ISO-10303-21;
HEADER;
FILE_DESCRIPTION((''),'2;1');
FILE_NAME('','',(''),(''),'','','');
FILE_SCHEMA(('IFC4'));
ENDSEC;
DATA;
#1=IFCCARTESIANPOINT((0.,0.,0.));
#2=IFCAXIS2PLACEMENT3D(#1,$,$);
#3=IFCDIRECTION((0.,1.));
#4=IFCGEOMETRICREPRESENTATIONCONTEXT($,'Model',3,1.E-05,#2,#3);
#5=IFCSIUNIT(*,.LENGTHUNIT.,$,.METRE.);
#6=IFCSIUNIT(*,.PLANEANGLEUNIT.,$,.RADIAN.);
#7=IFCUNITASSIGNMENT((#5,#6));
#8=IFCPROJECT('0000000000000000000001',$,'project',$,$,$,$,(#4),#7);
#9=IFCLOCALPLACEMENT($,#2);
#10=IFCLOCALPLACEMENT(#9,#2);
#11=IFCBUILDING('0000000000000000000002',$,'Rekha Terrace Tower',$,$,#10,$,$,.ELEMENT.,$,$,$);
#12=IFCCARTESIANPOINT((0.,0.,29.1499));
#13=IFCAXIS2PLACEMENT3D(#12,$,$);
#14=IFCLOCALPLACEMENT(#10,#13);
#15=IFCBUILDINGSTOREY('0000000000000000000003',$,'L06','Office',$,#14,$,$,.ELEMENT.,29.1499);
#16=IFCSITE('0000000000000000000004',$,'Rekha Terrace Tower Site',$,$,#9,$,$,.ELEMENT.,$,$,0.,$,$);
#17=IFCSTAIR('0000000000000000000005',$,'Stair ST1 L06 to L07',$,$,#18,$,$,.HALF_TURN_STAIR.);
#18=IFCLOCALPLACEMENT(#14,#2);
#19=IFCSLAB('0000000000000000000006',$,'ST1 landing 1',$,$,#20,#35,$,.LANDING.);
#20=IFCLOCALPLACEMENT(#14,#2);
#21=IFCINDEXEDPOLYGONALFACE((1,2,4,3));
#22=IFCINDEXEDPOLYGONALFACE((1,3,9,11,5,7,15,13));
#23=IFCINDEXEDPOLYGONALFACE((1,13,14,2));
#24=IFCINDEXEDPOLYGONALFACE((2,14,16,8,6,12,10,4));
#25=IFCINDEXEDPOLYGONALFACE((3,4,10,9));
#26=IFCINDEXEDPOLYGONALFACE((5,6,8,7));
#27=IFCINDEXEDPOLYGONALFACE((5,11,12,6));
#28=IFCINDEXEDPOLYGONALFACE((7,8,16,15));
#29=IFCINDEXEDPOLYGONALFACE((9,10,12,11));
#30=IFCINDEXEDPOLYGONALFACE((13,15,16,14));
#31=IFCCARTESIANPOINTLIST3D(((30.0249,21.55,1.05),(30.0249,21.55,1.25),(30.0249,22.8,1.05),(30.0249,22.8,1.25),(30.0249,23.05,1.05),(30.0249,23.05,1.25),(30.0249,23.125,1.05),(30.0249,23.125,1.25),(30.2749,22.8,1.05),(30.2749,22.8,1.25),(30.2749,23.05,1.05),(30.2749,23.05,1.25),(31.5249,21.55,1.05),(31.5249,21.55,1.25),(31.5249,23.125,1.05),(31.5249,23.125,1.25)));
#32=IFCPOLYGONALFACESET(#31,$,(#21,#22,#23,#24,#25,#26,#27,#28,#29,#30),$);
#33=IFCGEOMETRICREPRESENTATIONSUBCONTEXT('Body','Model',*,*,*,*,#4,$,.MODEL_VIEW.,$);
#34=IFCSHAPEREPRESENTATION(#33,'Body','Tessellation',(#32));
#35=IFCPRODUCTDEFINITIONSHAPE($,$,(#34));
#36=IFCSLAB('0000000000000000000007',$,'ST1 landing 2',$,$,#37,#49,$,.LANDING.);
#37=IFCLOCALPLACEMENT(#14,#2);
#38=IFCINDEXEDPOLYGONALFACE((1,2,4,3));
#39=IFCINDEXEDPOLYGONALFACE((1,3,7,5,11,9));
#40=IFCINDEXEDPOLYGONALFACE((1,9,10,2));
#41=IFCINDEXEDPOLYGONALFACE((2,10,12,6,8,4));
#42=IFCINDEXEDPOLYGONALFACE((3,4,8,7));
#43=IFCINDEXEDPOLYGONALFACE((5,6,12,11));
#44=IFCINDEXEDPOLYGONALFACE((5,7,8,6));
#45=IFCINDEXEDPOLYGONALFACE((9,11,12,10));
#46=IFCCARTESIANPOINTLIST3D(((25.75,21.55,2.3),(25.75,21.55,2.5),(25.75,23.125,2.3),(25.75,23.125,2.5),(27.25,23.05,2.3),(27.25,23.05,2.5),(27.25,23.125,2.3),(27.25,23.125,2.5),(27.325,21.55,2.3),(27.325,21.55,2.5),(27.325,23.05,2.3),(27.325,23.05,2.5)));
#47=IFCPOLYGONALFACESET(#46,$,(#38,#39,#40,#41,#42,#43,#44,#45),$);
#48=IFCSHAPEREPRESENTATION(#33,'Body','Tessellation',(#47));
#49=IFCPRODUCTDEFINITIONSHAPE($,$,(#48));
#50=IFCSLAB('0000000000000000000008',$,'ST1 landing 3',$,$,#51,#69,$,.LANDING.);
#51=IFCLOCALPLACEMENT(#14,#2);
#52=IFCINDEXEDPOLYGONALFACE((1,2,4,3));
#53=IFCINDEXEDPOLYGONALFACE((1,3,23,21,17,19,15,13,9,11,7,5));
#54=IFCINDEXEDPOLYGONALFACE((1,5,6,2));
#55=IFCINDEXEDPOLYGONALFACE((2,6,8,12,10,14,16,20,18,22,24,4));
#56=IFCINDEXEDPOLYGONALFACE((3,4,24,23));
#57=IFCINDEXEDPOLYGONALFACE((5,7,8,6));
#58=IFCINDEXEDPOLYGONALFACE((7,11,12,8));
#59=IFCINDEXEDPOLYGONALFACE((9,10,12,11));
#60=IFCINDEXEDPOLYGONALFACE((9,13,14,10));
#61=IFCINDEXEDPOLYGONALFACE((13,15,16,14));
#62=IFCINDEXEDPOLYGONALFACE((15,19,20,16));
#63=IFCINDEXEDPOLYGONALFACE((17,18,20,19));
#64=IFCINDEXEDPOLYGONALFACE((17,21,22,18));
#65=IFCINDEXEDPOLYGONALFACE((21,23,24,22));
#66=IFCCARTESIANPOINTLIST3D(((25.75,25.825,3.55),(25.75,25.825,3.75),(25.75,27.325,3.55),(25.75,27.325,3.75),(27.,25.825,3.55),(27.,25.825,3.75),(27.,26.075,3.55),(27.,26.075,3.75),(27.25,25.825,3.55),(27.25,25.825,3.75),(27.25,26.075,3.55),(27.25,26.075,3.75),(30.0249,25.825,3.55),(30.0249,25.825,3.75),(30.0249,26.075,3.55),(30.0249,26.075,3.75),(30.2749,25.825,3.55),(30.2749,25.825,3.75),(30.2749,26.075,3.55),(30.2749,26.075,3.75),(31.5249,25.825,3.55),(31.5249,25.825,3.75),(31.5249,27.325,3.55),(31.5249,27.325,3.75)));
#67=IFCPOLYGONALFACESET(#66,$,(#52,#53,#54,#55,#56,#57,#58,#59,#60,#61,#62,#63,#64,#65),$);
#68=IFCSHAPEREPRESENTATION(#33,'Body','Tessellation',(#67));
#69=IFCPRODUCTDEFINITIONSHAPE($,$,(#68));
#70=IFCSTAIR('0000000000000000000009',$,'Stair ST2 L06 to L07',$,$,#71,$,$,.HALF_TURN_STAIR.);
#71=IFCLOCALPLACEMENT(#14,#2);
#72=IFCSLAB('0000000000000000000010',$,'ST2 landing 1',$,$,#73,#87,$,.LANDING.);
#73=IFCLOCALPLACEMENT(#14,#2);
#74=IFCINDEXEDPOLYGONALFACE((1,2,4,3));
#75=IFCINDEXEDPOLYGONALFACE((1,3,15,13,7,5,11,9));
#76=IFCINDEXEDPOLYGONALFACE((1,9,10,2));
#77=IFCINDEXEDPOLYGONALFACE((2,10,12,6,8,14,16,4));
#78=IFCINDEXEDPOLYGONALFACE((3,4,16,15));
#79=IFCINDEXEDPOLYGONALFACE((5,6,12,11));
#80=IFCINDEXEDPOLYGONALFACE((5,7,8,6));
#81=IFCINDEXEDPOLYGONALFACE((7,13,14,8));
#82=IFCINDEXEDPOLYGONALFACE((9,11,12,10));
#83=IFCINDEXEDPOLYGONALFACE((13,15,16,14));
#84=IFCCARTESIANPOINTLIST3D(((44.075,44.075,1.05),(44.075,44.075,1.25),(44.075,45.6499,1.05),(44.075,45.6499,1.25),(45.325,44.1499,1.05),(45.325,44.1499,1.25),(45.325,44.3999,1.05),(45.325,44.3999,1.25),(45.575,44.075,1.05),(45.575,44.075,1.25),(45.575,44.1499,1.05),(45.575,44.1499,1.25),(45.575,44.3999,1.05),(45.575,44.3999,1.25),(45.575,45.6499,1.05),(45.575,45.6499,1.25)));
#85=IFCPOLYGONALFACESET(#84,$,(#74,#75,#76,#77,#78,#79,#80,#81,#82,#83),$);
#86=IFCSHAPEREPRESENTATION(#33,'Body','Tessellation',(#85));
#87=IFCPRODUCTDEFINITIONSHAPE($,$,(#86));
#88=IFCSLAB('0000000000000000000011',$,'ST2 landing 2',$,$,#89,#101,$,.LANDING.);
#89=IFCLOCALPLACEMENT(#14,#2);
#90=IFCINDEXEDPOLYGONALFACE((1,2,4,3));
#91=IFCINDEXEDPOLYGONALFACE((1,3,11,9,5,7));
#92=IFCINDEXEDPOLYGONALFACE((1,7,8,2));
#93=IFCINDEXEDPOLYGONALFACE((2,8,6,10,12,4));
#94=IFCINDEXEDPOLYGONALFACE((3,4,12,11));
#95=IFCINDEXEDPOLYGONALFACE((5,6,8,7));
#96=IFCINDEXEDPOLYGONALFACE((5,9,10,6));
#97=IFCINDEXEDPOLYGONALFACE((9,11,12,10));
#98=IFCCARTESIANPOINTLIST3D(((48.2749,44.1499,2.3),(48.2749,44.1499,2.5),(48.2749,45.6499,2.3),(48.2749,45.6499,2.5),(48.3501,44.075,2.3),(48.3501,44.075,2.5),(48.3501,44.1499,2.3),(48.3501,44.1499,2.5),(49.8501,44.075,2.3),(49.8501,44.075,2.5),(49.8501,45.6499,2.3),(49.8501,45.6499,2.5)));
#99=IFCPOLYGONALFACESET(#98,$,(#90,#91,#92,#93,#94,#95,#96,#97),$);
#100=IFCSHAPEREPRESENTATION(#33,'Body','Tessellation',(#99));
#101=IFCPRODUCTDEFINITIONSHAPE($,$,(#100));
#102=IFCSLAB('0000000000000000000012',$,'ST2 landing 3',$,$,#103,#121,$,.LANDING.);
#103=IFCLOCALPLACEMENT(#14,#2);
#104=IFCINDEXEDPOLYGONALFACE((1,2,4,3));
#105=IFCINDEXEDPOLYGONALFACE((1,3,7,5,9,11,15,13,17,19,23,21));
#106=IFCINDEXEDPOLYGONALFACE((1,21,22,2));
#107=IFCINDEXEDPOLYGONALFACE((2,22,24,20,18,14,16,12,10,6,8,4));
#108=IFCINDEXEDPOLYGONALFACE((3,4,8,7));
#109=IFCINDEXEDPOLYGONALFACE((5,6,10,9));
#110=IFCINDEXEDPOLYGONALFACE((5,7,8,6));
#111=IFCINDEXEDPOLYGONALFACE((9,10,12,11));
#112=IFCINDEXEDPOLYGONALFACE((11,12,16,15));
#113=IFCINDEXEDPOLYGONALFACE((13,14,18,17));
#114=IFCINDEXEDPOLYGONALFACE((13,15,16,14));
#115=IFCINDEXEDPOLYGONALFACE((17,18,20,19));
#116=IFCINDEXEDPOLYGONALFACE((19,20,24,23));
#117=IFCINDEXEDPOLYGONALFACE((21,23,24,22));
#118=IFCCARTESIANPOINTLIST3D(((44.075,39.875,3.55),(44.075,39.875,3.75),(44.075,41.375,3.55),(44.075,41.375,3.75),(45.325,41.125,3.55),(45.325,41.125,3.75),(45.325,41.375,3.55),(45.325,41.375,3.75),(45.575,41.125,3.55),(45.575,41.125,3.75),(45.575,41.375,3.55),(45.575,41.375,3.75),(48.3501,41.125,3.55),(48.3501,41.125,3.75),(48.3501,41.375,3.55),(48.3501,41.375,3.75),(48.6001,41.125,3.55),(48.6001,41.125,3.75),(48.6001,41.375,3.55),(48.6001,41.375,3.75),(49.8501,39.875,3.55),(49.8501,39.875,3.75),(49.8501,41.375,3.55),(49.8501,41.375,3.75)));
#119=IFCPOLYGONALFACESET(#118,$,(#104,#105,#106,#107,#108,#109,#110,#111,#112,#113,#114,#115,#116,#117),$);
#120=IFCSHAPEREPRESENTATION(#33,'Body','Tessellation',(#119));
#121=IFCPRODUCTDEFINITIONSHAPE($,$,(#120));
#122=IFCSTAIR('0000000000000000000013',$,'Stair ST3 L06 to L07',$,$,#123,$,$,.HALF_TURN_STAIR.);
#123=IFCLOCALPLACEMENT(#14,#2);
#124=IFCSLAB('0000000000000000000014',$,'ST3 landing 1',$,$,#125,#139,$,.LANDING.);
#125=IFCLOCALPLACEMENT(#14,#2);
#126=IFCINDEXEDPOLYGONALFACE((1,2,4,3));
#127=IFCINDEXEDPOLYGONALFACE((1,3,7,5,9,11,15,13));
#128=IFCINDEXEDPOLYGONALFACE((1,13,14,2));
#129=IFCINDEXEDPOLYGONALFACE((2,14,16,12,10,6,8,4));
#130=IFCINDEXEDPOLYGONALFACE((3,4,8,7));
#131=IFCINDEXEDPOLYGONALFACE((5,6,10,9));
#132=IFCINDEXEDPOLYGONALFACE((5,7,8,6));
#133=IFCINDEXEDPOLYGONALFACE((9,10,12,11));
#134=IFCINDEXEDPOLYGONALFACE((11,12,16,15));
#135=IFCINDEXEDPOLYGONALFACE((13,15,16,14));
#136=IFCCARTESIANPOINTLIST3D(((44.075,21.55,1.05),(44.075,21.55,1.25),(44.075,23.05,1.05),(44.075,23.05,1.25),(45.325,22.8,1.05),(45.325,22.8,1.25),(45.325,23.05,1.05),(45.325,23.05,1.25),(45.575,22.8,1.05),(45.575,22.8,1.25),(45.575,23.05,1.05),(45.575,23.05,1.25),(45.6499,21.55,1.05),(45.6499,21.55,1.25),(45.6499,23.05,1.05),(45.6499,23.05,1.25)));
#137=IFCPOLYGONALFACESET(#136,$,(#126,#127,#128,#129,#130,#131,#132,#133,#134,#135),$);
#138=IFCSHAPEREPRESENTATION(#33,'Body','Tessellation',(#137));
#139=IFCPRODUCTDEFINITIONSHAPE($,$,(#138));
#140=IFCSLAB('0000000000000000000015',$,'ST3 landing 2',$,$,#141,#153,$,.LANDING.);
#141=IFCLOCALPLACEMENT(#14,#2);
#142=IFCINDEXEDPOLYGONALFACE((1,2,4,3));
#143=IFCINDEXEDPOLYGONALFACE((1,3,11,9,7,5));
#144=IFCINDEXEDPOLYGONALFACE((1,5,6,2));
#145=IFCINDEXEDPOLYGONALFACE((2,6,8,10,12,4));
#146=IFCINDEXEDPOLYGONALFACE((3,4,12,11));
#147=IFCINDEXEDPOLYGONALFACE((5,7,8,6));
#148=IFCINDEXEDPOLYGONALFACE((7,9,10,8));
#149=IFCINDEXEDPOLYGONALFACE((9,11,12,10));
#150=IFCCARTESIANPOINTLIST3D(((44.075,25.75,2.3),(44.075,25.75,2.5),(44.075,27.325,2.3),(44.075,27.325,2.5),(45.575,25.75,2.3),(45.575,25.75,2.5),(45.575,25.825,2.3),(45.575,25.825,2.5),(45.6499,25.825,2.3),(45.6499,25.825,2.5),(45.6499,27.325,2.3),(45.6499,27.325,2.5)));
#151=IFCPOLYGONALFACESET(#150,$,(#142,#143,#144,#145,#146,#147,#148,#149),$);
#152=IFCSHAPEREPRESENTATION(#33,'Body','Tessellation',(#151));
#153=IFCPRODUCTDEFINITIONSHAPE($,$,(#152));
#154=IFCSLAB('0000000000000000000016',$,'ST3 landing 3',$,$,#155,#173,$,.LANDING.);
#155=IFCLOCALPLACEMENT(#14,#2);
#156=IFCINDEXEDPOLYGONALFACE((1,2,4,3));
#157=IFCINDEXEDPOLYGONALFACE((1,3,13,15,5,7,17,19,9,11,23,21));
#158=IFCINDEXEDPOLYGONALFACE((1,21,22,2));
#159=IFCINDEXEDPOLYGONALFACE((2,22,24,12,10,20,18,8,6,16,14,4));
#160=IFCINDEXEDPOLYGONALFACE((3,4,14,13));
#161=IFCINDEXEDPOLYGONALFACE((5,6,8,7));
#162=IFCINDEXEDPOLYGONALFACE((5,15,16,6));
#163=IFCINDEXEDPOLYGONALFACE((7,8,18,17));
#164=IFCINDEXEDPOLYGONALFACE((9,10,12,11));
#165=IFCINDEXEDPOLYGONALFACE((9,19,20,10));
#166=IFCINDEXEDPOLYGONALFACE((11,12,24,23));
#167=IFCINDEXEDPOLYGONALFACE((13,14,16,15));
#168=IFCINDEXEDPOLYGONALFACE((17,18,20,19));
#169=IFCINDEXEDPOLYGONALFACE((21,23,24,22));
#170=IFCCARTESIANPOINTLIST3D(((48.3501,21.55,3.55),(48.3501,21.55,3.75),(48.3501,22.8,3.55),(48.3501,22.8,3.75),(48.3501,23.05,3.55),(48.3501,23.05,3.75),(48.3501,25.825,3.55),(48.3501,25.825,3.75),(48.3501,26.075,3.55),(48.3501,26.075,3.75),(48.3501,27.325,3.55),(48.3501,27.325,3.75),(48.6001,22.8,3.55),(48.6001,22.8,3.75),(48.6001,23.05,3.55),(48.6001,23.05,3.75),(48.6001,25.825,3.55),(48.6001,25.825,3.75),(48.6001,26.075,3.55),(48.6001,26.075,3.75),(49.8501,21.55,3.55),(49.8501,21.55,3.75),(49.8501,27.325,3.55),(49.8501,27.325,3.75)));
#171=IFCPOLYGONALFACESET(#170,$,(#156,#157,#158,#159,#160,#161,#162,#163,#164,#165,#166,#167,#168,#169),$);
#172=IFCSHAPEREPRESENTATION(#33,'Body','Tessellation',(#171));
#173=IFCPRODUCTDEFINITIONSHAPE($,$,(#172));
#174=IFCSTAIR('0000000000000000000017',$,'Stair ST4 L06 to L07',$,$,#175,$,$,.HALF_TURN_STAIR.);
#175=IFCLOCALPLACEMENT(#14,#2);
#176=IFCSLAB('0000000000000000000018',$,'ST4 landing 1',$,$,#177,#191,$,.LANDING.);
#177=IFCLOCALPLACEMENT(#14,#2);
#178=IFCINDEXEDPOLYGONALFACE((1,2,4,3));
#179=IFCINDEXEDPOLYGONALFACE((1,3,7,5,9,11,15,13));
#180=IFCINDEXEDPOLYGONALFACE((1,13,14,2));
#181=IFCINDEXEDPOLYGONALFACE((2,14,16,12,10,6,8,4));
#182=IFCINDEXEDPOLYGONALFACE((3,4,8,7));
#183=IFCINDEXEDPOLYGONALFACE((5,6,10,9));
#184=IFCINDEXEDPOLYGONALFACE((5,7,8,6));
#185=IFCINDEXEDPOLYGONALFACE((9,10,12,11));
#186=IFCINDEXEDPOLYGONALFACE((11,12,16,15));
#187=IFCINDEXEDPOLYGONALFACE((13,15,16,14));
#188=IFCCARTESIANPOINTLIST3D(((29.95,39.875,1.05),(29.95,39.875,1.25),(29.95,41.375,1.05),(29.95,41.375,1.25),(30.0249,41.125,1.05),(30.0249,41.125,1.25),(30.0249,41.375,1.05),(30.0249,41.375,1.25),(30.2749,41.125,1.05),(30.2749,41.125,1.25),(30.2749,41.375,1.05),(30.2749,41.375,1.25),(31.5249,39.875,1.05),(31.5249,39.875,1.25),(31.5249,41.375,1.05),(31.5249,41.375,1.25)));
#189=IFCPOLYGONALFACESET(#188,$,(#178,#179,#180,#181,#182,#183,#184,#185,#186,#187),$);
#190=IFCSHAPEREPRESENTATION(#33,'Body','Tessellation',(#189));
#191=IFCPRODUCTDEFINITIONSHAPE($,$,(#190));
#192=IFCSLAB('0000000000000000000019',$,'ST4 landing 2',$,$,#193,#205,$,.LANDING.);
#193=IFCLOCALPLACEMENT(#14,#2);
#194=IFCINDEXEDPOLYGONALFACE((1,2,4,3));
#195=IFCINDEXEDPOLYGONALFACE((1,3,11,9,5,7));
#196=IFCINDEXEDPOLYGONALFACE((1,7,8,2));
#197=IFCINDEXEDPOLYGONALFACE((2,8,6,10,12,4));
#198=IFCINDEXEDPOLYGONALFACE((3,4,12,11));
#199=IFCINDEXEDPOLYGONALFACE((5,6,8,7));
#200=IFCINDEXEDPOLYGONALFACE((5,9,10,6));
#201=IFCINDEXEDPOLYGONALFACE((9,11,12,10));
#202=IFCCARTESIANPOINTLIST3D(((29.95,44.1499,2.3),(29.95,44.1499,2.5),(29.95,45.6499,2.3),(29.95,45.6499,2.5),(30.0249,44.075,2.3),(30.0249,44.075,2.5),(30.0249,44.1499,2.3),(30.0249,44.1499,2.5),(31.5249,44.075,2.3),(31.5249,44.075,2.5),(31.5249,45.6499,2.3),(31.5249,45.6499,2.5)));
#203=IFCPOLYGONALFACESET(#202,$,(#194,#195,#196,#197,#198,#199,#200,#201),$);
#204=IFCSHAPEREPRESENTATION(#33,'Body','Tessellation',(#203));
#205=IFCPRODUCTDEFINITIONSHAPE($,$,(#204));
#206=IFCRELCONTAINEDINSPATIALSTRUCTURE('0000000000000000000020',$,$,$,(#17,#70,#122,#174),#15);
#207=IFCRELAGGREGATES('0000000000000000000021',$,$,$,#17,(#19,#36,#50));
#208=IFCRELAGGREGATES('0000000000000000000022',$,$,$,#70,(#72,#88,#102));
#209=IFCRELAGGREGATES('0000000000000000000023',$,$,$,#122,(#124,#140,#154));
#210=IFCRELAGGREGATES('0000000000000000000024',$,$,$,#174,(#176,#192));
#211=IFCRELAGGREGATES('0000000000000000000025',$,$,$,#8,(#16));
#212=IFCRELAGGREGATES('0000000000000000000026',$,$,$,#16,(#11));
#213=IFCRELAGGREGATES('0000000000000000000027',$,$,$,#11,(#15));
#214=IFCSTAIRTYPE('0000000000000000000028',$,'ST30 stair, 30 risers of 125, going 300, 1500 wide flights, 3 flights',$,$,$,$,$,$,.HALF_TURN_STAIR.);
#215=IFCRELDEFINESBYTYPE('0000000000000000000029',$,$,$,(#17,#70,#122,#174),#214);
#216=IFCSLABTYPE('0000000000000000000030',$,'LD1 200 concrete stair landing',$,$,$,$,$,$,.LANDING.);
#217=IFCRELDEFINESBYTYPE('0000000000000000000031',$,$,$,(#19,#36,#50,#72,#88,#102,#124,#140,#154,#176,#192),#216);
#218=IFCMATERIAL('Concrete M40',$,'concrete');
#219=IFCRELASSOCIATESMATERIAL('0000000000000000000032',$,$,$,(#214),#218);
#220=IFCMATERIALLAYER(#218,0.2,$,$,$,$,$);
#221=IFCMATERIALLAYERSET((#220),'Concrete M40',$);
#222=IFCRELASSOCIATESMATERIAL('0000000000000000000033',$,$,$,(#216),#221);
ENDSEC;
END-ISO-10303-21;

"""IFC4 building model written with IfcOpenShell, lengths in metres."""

from ifc_helpers import new_model, si_unit, direction, frame, origin, place, context, subcontext, project, spatial, polyline, outline, extrude, material, layer, layer_set, type_object, element, aggregate, save


model = new_model("IFC4")

# Units and contexts
model_context = context("Model", 3, precision=1e-05, world=origin(), true_north=direction((0.0, 1.0)))
body_context = subcontext(model_context, "Body", "Model", "MODEL_VIEW")
ifc_project = project(units=[si_unit("LENGTHUNIT", "METRE"), si_unit("PLANEANGLEUNIT", "RADIAN")], contexts=[model_context])

# Site, building, storey
site_placement = place(None, origin())
site = spatial("IfcSite", under=ifc_project, at=site_placement, Name="Rekha Terrace Tower Site", CompositionType="ELEMENT", RefElevation=0.0)
building_placement = place(site_placement, origin())
building = spatial("IfcBuilding", under=site, at=building_placement, Name="Rekha Terrace Tower", CompositionType="ELEMENT")
storey_placement = place(building_placement, frame((0.0, 0.0, 29.1499)))
storey = spatial("IfcBuildingStorey", under=building, at=storey_placement, Name="L06", Description="Office", CompositionType="ELEMENT", Elevation=29.1499)

# Stairs, slabs
ifc_material_1 = material(Name="Concrete M40", Category="concrete")
stair_type = type_object("IfcStairType", Name="ST30 stair, 30 risers of 125, going 300, 1500 wide flights, 3 flights", PredefinedType="HALF_TURN_STAIR", material=ifc_material_1)
stair_1_placement = place(storey_placement, origin())
stair_1 = element("IfcStair", 1, at=stair_1_placement, inside=storey, type_object=stair_type, Name="Stair ST1 L06 to L07", PredefinedType="HALF_TURN_STAIR")
ifc_layer_1 = layer(ifc_material_1, 0.2)
ifc_layer_set_1 = layer_set([ifc_layer_1], Name="Concrete M40")
slab_type_1 = type_object("IfcSlabType", Name="LD1 200 concrete stair landing", PredefinedType="LANDING", material=ifc_layer_set_1)
slab_1_placement = place(storey_placement, frame((0.0, 0.0, 1.05)))
slab_1 = element("IfcSlab", 2, at=slab_1_placement, type_object=slab_type_1, Name="ST1 landing 1", PredefinedType="LANDING", context=body_context, shape_type="SweptSolid", body=[
    extrude(outline(polyline([(30.0249, 21.55), (31.5249, 21.55), (31.5249, 23.125), (30.0249, 23.125), (30.0249, 23.05), (30.2749, 23.05), (30.2749, 22.8), (30.0249, 22.8), (30.0249, 21.55)])), origin(), (0.0, 0.0, 1.0), 0.2),
])
slab_2_placement = place(storey_placement, frame((0.0, 0.0, 2.3)))
slab_2 = element("IfcSlab", 3, at=slab_2_placement, type_object=slab_type_1, Name="ST1 landing 2", PredefinedType="LANDING", context=body_context, shape_type="SweptSolid", body=[
    extrude(outline(polyline([(27.25, 23.125), (25.75, 23.125), (25.75, 21.55), (27.325, 21.55), (27.325, 23.05), (27.25, 23.05), (27.25, 23.125)])), origin(), (0.0, 0.0, 1.0), 0.2),
])
slab_3_placement = place(storey_placement, frame((0.0, 0.0, 3.55)))
slab_3 = element("IfcSlab", 4, at=slab_3_placement, type_object=slab_type_1, Name="ST1 landing 3", PredefinedType="LANDING", context=body_context, shape_type="SweptSolid", body=[
    extrude(outline(polyline([(31.5249, 25.825), (31.5249, 27.325), (25.75, 27.325), (25.75, 25.825), (27.0, 25.825), (27.0, 26.075), (27.25, 26.075), (27.25, 25.825), (30.0249, 25.825), (30.0249, 26.075), (30.2749, 26.075), (30.2749, 25.825), (31.5249, 25.825)])), origin(), (0.0, 0.0, 1.0), 0.2),
])
aggregate(stair_1, [slab_1, slab_2, slab_3])
stair_2_placement = place(storey_placement, origin())
stair_2 = element("IfcStair", 5, at=stair_2_placement, inside=storey, type_object=stair_type, Name="Stair ST2 L06 to L07", PredefinedType="HALF_TURN_STAIR")
slab_4_placement = place(storey_placement, frame((0.0, 0.0, 1.05)))
slab_4 = element("IfcSlab", 6, at=slab_4_placement, type_object=slab_type_1, Name="ST2 landing 1", PredefinedType="LANDING", context=body_context, shape_type="SweptSolid", body=[
    extrude(outline(polyline([(45.575, 45.6499), (44.075, 45.6499), (44.075, 44.075), (45.575, 44.075), (45.575, 44.1499), (45.325, 44.1499), (45.325, 44.3999), (45.575, 44.3999), (45.575, 45.6499)])), origin(), (0.0, 0.0, 1.0), 0.2),
])
slab_5_placement = place(storey_placement, frame((0.0, 0.0, 2.3)))
slab_5 = element("IfcSlab", 7, at=slab_5_placement, type_object=slab_type_1, Name="ST2 landing 2", PredefinedType="LANDING", context=body_context, shape_type="SweptSolid", body=[
    extrude(outline(polyline([(48.3501, 44.075), (49.8501, 44.075), (49.8501, 45.6499), (48.2749, 45.6499), (48.2749, 44.1499), (48.3501, 44.1499), (48.3501, 44.075)])), origin(), (0.0, 0.0, 1.0), 0.2),
])
slab_6_placement = place(storey_placement, frame((0.0, 0.0, 3.55)))
slab_6 = element("IfcSlab", 8, at=slab_6_placement, type_object=slab_type_1, Name="ST2 landing 3", PredefinedType="LANDING", context=body_context, shape_type="SweptSolid", body=[
    extrude(outline(polyline([(44.075, 41.375), (44.075, 39.875), (49.8501, 39.875), (49.8501, 41.375), (48.6001, 41.375), (48.6001, 41.125), (48.3501, 41.125), (48.3501, 41.375), (45.575, 41.375), (45.575, 41.125), (45.325, 41.125), (45.325, 41.375), (44.075, 41.375)])), origin(), (0.0, 0.0, 1.0), 0.2),
])
aggregate(stair_2, [slab_4, slab_5, slab_6])
stair_3_placement = place(storey_placement, origin())
stair_3 = element("IfcStair", 9, at=stair_3_placement, inside=storey, type_object=stair_type, Name="Stair ST3 L06 to L07", PredefinedType="HALF_TURN_STAIR")
slab_7_placement = place(storey_placement, frame((0.0, 0.0, 1.05)))
slab_7 = element("IfcSlab", 10, at=slab_7_placement, type_object=slab_type_1, Name="ST3 landing 1", PredefinedType="LANDING", context=body_context, shape_type="SweptSolid", body=[
    extrude(outline(polyline([(44.075, 23.05), (44.075, 21.55), (45.6499, 21.55), (45.6499, 23.05), (45.575, 23.05), (45.575, 22.8), (45.325, 22.8), (45.325, 23.05), (44.075, 23.05)])), origin(), (0.0, 0.0, 1.0), 0.2),
])
slab_8_placement = place(storey_placement, frame((0.0, 0.0, 2.3)))
slab_8 = element("IfcSlab", 11, at=slab_8_placement, type_object=slab_type_1, Name="ST3 landing 2", PredefinedType="LANDING", context=body_context, shape_type="SweptSolid", body=[
    extrude(outline(polyline([(45.6499, 25.825), (45.6499, 27.325), (44.075, 27.325), (44.075, 25.75), (45.575, 25.75), (45.575, 25.825), (45.6499, 25.825)])), origin(), (0.0, 0.0, 1.0), 0.2),
])
slab_9_placement = place(storey_placement, frame((0.0, 0.0, 3.55)))
slab_9 = element("IfcSlab", 12, at=slab_9_placement, type_object=slab_type_1, Name="ST3 landing 3", PredefinedType="LANDING", context=body_context, shape_type="SweptSolid", body=[
    extrude(outline(polyline([(48.3501, 21.55), (49.8501, 21.55), (49.8501, 27.325), (48.3501, 27.325), (48.3501, 26.075), (48.6001, 26.075), (48.6001, 25.825), (48.3501, 25.825), (48.3501, 23.05), (48.6001, 23.05), (48.6001, 22.8), (48.3501, 22.8), (48.3501, 21.55)])), origin(), (0.0, 0.0, 1.0), 0.2),
])
aggregate(stair_3, [slab_7, slab_8, slab_9])
stair_4_placement = place(storey_placement, origin())
stair_4 = element("IfcStair", 13, at=stair_4_placement, inside=storey, type_object=stair_type, Name="Stair ST4 L06 to L07", PredefinedType="HALF_TURN_STAIR")
slab_10_placement = place(storey_placement, frame((0.0, 0.0, 1.05)))
slab_10 = element("IfcSlab", 14, at=slab_10_placement, type_object=slab_type_1, Name="ST4 landing 1", PredefinedType="LANDING", context=body_context, shape_type="SweptSolid", body=[
    extrude(outline(polyline([(31.5249, 41.375), (31.5249, 39.875), (29.95, 39.875), (29.95, 41.375), (30.0249, 41.375), (30.0249, 41.125), (30.2749, 41.125), (30.2749, 41.375), (31.5249, 41.375)])), origin(), (0.0, 0.0, 1.0), 0.2),
])
slab_11_placement = place(storey_placement, frame((0.0, 0.0, 2.3)))
slab_11 = element("IfcSlab", 15, at=slab_11_placement, type_object=slab_type_1, Name="ST4 landing 2", PredefinedType="LANDING", context=body_context, shape_type="SweptSolid", body=[
    extrude(outline(polyline([(29.95, 44.1499), (29.95, 45.6499), (31.5249, 45.6499), (31.5249, 44.075), (30.0249, 44.075), (30.0249, 44.1499), (29.95, 44.1499)])), origin(), (0.0, 0.0, 1.0), 0.2),
])
aggregate(stair_4, [slab_10, slab_11])

save(model, "model.ifc")
